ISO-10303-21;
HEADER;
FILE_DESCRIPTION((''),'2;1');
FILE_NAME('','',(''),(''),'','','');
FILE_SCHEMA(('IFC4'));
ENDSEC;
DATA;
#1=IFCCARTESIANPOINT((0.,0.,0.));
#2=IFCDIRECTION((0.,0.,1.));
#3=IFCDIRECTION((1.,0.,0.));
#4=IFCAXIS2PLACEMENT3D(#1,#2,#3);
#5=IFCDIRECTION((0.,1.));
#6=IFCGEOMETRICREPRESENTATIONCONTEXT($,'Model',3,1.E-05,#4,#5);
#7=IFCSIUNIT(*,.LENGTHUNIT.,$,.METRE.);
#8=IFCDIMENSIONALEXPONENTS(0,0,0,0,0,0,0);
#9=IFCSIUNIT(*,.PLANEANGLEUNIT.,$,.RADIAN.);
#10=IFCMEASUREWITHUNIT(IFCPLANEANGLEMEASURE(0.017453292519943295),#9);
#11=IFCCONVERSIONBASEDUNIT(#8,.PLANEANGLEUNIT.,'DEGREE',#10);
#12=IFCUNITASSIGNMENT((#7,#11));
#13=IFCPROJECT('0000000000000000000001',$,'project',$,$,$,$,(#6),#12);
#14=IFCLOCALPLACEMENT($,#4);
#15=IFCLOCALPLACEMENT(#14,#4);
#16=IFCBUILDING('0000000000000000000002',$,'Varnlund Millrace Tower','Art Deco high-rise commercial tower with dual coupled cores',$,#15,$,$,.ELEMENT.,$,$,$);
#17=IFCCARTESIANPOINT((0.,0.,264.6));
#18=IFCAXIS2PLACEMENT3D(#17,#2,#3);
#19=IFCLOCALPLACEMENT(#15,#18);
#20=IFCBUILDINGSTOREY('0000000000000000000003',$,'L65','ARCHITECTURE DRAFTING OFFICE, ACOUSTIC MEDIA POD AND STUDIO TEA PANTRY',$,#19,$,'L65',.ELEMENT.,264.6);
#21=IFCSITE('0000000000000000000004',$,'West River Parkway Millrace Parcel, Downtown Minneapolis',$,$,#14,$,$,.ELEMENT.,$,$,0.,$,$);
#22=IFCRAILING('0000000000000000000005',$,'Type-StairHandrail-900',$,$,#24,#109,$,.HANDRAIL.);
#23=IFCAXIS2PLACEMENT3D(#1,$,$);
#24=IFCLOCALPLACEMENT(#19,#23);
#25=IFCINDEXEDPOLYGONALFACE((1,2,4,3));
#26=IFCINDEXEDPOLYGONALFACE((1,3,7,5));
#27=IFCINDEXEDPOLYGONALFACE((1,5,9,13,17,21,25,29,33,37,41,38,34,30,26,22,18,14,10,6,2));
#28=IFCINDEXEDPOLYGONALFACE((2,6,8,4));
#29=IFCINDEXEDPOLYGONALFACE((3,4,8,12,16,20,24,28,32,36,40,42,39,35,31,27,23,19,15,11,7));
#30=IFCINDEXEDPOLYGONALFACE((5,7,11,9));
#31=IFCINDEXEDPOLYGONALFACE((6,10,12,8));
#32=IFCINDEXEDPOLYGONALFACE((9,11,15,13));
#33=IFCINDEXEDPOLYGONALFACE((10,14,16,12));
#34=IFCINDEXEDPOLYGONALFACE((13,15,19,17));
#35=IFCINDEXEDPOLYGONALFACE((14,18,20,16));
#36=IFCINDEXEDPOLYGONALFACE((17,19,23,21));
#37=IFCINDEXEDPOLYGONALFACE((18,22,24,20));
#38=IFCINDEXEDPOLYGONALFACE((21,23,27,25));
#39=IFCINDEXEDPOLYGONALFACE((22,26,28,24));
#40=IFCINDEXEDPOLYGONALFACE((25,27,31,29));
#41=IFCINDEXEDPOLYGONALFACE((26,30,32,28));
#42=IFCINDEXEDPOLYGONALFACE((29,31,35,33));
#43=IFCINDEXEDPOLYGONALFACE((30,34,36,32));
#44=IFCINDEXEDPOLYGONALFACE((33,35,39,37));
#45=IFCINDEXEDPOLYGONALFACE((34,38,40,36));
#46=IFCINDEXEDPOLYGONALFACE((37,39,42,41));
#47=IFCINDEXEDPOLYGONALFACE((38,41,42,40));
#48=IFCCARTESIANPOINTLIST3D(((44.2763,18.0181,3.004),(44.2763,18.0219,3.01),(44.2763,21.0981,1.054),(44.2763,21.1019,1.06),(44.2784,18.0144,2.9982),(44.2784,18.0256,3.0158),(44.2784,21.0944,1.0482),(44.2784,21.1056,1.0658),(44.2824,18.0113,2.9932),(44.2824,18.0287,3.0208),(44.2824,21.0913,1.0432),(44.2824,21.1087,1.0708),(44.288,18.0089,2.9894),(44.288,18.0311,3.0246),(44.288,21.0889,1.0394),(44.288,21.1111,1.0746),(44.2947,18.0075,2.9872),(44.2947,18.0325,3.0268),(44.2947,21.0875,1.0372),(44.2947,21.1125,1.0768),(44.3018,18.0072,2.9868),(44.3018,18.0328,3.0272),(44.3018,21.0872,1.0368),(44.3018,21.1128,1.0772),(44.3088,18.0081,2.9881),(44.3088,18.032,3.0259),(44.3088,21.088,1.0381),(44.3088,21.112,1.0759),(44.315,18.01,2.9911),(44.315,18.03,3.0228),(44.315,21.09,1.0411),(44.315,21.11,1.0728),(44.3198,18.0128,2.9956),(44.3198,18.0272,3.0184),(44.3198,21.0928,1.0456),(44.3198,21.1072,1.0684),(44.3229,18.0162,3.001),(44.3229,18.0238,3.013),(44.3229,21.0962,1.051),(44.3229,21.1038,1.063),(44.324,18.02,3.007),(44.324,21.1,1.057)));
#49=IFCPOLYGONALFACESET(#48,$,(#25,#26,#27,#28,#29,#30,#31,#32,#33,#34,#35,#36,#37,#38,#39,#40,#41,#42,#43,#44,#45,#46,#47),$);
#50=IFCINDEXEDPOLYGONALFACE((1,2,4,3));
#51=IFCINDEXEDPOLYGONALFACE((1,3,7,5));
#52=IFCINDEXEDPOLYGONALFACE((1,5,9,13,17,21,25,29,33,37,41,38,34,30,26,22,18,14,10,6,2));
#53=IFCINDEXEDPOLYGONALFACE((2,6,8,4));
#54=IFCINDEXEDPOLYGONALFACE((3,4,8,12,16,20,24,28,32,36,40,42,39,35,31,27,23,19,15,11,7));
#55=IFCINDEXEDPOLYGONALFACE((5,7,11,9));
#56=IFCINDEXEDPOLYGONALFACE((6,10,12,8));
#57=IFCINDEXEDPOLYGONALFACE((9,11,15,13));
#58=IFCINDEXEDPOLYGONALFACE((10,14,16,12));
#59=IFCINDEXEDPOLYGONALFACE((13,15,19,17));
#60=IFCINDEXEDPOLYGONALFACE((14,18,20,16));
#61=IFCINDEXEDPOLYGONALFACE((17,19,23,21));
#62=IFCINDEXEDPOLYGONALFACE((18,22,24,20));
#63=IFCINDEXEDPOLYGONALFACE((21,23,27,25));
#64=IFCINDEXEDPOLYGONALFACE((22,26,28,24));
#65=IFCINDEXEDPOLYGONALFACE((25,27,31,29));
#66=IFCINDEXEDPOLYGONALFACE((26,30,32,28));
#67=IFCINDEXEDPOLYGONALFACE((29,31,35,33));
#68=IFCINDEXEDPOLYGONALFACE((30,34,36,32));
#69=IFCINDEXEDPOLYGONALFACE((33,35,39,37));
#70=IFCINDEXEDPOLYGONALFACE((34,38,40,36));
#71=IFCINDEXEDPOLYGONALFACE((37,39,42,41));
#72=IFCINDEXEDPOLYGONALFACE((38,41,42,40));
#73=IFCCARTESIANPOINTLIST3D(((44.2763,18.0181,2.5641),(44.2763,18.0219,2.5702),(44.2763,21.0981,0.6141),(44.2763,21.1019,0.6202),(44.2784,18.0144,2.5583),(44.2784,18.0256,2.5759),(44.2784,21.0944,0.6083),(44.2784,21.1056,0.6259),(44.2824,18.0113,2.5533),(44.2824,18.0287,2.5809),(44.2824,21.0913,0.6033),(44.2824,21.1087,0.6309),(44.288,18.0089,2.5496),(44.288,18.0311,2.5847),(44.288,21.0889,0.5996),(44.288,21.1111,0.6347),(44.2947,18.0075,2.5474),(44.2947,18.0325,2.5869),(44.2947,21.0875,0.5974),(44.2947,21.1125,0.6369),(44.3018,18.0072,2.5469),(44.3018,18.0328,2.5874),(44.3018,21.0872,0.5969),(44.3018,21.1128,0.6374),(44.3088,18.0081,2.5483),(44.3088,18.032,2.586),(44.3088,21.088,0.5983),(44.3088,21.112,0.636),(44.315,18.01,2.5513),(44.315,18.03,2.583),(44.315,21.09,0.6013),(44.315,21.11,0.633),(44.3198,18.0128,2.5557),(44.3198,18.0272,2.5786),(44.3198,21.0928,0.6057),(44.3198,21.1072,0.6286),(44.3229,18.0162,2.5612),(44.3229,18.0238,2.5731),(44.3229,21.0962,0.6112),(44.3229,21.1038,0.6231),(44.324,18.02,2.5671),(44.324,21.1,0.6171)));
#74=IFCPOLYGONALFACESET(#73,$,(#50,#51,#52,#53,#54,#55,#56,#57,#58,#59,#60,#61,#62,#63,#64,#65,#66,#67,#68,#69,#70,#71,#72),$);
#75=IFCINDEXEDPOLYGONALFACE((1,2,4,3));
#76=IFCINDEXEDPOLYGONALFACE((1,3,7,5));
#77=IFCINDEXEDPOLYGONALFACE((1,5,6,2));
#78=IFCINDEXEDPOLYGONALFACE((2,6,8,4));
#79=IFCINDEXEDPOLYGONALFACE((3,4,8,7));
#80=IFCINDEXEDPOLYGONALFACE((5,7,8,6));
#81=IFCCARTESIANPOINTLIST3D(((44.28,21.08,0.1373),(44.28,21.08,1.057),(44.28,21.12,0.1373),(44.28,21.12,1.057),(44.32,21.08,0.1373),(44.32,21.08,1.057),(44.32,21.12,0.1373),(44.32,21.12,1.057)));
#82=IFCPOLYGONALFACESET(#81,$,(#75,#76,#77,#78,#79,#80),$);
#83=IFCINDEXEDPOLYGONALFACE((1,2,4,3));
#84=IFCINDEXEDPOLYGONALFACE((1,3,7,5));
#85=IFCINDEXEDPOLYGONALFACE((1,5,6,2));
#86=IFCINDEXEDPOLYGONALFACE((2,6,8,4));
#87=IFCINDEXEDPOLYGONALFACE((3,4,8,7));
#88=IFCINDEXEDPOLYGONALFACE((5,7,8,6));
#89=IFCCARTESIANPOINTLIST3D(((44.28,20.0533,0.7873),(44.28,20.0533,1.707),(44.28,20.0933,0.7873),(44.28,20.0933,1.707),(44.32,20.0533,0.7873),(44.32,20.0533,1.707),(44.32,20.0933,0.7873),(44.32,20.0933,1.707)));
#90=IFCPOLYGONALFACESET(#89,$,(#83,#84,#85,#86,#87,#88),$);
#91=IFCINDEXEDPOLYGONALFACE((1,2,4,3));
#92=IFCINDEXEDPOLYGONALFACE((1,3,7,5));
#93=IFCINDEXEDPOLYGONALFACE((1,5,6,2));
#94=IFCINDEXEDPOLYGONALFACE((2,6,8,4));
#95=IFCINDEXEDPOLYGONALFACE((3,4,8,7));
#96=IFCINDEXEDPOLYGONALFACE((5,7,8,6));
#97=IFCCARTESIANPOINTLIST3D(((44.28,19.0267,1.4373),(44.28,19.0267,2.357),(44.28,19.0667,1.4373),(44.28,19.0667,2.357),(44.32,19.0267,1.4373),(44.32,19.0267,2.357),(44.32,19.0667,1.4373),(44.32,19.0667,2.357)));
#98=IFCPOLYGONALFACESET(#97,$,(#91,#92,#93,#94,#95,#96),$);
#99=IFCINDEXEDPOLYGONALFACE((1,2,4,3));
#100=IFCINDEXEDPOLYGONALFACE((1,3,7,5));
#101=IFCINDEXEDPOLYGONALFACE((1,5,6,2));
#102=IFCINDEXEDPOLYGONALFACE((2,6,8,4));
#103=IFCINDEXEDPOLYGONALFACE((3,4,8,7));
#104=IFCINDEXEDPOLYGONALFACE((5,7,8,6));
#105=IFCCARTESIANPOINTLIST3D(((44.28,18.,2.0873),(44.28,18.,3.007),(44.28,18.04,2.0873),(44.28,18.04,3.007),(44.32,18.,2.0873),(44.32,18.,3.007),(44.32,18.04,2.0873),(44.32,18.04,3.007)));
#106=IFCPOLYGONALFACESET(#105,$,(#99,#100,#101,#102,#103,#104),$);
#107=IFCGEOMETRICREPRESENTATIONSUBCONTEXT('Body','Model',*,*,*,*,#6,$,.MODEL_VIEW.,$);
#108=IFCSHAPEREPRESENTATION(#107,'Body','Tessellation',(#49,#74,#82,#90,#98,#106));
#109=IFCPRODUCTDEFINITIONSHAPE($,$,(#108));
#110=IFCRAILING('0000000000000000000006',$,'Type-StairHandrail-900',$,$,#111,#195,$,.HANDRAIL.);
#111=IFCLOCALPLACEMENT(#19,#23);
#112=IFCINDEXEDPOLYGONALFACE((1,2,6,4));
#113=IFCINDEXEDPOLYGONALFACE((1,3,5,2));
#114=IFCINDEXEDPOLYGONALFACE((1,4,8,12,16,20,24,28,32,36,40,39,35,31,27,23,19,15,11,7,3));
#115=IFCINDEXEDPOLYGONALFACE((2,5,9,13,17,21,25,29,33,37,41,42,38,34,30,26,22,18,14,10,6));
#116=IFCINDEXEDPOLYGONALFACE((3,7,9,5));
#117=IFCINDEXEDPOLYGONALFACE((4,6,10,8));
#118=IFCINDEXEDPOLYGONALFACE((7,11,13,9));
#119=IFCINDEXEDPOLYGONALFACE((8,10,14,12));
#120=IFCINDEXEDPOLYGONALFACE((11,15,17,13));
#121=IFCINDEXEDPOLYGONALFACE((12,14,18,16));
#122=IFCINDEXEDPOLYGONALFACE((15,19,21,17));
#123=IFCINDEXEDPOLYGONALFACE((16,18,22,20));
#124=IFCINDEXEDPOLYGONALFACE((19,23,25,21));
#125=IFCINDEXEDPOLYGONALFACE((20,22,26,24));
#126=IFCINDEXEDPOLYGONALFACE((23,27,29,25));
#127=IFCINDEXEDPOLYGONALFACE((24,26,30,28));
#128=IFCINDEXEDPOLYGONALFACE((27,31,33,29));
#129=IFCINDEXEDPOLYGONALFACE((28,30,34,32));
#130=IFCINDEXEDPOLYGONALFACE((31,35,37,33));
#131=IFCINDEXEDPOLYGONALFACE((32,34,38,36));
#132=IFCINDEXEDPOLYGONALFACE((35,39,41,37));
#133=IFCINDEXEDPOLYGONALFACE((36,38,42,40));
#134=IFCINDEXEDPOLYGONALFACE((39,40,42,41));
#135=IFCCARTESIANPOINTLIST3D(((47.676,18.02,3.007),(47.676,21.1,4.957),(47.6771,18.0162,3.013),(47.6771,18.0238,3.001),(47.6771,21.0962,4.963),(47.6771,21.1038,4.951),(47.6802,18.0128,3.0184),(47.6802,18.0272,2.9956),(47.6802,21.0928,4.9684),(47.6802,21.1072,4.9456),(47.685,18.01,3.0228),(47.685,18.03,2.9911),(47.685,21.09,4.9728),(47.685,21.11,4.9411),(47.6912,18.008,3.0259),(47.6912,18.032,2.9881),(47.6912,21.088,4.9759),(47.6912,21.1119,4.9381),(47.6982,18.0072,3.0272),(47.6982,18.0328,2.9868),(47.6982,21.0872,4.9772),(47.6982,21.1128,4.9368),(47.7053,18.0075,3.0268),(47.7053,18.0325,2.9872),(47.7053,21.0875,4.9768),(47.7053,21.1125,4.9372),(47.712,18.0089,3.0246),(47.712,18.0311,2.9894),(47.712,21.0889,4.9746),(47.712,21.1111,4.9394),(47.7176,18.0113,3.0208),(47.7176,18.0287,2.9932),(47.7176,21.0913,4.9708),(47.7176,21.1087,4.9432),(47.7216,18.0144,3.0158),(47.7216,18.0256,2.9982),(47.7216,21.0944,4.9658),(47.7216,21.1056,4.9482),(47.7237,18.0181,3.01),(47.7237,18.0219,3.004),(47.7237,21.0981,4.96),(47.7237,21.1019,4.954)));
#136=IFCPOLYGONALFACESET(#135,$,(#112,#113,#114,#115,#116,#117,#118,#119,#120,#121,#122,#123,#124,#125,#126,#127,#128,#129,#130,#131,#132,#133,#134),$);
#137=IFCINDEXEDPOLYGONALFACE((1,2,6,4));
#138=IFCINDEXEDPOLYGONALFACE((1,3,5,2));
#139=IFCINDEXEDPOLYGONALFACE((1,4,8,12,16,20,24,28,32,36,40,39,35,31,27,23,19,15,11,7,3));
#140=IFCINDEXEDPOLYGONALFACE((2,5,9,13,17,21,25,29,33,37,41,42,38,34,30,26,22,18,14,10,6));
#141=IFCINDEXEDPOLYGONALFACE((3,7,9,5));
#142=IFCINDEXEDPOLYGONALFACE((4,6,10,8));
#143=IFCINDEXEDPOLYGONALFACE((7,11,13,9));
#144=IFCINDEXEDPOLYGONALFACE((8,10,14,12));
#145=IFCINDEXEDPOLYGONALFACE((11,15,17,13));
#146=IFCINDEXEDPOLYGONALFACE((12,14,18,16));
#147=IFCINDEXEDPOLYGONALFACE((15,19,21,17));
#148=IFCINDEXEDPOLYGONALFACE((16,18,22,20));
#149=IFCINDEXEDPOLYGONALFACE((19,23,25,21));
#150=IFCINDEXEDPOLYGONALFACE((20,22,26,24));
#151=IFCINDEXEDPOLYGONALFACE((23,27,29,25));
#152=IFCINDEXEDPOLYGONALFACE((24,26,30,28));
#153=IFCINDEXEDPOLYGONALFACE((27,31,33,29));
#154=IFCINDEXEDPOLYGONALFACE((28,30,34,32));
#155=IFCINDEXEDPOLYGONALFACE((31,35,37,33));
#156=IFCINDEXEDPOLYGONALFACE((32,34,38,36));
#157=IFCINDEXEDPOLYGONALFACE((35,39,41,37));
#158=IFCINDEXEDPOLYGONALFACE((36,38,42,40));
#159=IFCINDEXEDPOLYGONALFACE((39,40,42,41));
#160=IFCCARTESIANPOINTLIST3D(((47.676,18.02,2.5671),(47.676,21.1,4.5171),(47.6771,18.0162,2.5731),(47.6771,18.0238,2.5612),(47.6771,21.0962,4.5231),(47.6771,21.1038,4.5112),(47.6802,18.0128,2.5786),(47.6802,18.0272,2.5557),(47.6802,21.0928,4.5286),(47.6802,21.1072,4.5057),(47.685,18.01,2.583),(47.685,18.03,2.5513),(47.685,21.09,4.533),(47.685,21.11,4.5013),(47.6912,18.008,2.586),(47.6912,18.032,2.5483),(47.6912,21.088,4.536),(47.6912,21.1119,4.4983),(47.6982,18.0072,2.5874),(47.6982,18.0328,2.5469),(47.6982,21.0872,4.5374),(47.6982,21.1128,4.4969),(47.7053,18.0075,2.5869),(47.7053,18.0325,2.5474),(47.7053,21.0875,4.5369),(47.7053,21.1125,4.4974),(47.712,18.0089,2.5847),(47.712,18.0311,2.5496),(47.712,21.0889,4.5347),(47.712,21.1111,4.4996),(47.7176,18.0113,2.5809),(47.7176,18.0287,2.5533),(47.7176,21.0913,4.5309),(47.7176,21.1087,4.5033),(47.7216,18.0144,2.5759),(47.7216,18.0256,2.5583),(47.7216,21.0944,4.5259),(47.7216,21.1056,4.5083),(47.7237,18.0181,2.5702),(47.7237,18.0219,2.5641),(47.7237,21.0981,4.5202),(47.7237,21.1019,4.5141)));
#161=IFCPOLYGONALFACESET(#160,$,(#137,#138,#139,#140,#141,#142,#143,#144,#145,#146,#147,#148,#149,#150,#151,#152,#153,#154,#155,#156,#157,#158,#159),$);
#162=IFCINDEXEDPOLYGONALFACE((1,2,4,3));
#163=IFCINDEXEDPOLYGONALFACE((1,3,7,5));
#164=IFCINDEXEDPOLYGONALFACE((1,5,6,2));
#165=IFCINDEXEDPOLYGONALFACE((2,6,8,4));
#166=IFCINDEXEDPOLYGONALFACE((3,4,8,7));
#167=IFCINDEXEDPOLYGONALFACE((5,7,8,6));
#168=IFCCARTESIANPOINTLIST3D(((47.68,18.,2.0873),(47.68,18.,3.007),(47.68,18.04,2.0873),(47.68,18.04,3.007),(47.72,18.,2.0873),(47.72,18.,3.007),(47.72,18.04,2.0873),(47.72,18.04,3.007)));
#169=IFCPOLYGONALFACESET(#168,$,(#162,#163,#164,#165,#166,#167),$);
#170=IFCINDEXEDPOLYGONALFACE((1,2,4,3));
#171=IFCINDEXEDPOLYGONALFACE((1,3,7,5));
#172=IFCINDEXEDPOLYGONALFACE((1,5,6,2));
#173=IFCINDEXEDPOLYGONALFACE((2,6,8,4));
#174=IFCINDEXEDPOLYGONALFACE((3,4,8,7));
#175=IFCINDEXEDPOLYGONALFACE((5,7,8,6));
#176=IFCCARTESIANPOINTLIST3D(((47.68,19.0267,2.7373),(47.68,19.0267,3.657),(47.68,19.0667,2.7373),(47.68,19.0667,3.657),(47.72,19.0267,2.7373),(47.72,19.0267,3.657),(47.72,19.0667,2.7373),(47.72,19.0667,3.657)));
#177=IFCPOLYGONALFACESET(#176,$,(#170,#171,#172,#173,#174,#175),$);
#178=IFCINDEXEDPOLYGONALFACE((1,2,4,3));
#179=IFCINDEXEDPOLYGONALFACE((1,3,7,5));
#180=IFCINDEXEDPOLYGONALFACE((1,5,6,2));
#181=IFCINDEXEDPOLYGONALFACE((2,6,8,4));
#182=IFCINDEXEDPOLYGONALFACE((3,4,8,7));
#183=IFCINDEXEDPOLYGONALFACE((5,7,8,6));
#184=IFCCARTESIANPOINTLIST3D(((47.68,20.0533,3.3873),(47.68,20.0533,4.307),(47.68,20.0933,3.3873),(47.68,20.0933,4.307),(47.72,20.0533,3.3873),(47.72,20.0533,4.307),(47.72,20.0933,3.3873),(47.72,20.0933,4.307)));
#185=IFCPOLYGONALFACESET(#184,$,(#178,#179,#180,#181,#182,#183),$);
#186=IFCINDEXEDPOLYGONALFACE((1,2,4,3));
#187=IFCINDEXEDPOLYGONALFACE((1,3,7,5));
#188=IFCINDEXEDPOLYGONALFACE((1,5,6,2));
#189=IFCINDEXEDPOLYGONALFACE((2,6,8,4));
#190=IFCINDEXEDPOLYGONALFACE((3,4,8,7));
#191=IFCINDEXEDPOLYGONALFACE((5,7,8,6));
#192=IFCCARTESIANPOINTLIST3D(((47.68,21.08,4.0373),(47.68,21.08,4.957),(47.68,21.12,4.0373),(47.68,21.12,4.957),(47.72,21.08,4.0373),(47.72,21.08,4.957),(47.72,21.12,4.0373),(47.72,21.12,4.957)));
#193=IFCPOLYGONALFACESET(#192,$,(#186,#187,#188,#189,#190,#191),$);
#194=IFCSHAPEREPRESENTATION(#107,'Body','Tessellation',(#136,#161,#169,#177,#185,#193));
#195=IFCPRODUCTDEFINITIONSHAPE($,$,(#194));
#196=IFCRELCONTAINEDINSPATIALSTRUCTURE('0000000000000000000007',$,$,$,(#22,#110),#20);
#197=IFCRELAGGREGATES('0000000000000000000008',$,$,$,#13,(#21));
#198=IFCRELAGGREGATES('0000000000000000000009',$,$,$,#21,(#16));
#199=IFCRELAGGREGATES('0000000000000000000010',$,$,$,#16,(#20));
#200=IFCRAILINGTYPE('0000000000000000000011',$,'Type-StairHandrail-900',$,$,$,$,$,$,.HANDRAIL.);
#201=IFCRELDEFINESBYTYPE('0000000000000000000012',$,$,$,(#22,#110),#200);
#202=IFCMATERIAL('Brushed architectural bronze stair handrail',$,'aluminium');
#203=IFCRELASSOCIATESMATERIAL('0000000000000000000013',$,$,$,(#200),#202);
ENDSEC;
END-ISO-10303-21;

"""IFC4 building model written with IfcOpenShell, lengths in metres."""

from ifc_helpers import new_model, entity, si_unit, converted_unit, direction, frame, origin_with_axes, origin_2d_with_axis, place, context, subcontext, project, spatial, rectangle, circle, extrude, material, type_object, element, save


model = new_model("IFC4")

# Units and contexts
model_context = context("Model", 3, precision=1e-05, world=origin_with_axes(), true_north=direction((0.0, 1.0)))
body_context = subcontext(model_context, "Body", "Model", "MODEL_VIEW")
ifc_project = project(units=[si_unit("LENGTHUNIT", "METRE"), converted_unit("PLANEANGLEUNIT", "DEGREE", entity("IfcPlaneAngleMeasure", 0.017453292519943295), si_unit("PLANEANGLEUNIT", "RADIAN"), dimensions=[0, 0, 0, 0, 0, 0, 0])], contexts=[model_context])

# Site, building, storey
site_placement = place(None, origin_with_axes())
site = spatial("IfcSite", under=ifc_project, at=site_placement, Name="West River Parkway Millrace Parcel, Downtown Minneapolis", CompositionType="ELEMENT", RefElevation=0.0)
building_placement = place(site_placement, origin_with_axes())
building = spatial("IfcBuilding", under=site, at=building_placement, Name="Varnlund Millrace Tower", Description="Art Deco high-rise commercial tower with dual coupled cores", CompositionType="ELEMENT")
storey_placement = place(building_placement, frame((0.0, 0.0, 264.6), z_axis=(0.0, 0.0, 1.0), x_axis=(1.0, 0.0, 0.0)))
storey = spatial("IfcBuildingStorey", under=building, at=storey_placement, Name="L65", Description="ARCHITECTURE DRAFTING OFFICE, ACOUSTIC MEDIA POD AND STUDIO TEA PANTRY", LongName="L65", CompositionType="ELEMENT", Elevation=264.6)

# Railings
ifc_material_1 = material(Name="Brushed architectural bronze stair handrail", Category="aluminium")
railing_type = type_object("IfcRailingType", Name="Type-StairHandrail-900", PredefinedType="HANDRAIL", material=ifc_material_1)
railing_1_placement = place(storey_placement, frame((0.0, 0.0, -264.6), z_axis=(0.0, 0.0, 1.0), x_axis=(1.0, 0.0, 0.0)))
element("IfcRailing", 1, at=railing_1_placement, inside=storey, type_object=railing_type, Name="Type-StairHandrail-900", PredefinedType="HANDRAIL", context=body_context, shape_type="SweptSolid", body=[
    extrude(circle(Radius=0.024, at=origin_2d_with_axis()), frame((44.3, 21.1, 265.657), z_axis=(0.0, -0.844902, 0.534922), x_axis=(1.0, 0.0, 0.0)), (0.0, 0.0, 1.0), 3.6454),
    extrude(circle(Radius=0.024, at=origin_2d_with_axis()), frame((44.3, 21.1, 265.2171), z_axis=(0.0, -0.844902, 0.534922), x_axis=(1.0, 0.0, 0.0)), (0.0, 0.0, 1.0), 3.6454),
    extrude(rectangle(XDim=0.04, YDim=0.04, at=origin_2d_with_axis()), frame((44.3, 21.1, 264.7373), z_axis=(0.0, 0.0, 1.0), x_axis=(1.0, 0.0, 0.0)), (0.0, 0.0, 1.0), 0.9197),
    extrude(rectangle(XDim=0.04, YDim=0.04, at=origin_2d_with_axis()), frame((44.3, 20.0733, 265.3873), z_axis=(0.0, 0.0, 1.0), x_axis=(1.0, 0.0, 0.0)), (0.0, 0.0, 1.0), 0.9197),
    extrude(rectangle(XDim=0.04, YDim=0.04, at=origin_2d_with_axis()), frame((44.3, 19.0467, 266.0373), z_axis=(0.0, 0.0, 1.0), x_axis=(1.0, 0.0, 0.0)), (0.0, 0.0, 1.0), 0.9197),
    extrude(rectangle(XDim=0.04, YDim=0.04, at=origin_2d_with_axis()), frame((44.3, 18.02, 266.6873), z_axis=(0.0, 0.0, 1.0), x_axis=(1.0, 0.0, 0.0)), (0.0, 0.0, 1.0), 0.9197),
])
railing_2_placement = place(storey_placement, frame((0.0, 0.0, -264.6), z_axis=(0.0, 0.0, 1.0), x_axis=(1.0, 0.0, 0.0)))
element("IfcRailing", 2, at=railing_2_placement, inside=storey, type_object=railing_type, Name="Type-StairHandrail-900", PredefinedType="HANDRAIL", context=body_context, shape_type="SweptSolid", body=[
    extrude(circle(Radius=0.024, at=origin_2d_with_axis()), frame((47.7, 18.02, 267.607), z_axis=(0.0, 0.844902, 0.534922), x_axis=(-1.0, 0.0, 0.0)), (0.0, 0.0, 1.0), 3.6454),
    extrude(circle(Radius=0.024, at=origin_2d_with_axis()), frame((47.7, 18.02, 267.1671), z_axis=(0.0, 0.844902, 0.534922), x_axis=(-1.0, 0.0, 0.0)), (0.0, 0.0, 1.0), 3.6454),
    extrude(rectangle(XDim=0.04, YDim=0.04, at=origin_2d_with_axis()), frame((47.7, 18.02, 266.6873), z_axis=(0.0, 0.0, 1.0), x_axis=(1.0, 0.0, 0.0)), (0.0, 0.0, 1.0), 0.9197),
    extrude(rectangle(XDim=0.04, YDim=0.04, at=origin_2d_with_axis()), frame((47.7, 19.0467, 267.3373), z_axis=(0.0, 0.0, 1.0), x_axis=(1.0, 0.0, 0.0)), (0.0, 0.0, 1.0), 0.9197),
    extrude(rectangle(XDim=0.04, YDim=0.04, at=origin_2d_with_axis()), frame((47.7, 20.0733, 267.9873), z_axis=(0.0, 0.0, 1.0), x_axis=(1.0, 0.0, 0.0)), (0.0, 0.0, 1.0), 0.9197),
    extrude(rectangle(XDim=0.04, YDim=0.04, at=origin_2d_with_axis()), frame((47.7, 21.1, 268.6373), z_axis=(0.0, 0.0, 1.0), x_axis=(1.0, 0.0, 0.0)), (0.0, 0.0, 1.0), 0.9197),
])

save(model, "model.ifc")
